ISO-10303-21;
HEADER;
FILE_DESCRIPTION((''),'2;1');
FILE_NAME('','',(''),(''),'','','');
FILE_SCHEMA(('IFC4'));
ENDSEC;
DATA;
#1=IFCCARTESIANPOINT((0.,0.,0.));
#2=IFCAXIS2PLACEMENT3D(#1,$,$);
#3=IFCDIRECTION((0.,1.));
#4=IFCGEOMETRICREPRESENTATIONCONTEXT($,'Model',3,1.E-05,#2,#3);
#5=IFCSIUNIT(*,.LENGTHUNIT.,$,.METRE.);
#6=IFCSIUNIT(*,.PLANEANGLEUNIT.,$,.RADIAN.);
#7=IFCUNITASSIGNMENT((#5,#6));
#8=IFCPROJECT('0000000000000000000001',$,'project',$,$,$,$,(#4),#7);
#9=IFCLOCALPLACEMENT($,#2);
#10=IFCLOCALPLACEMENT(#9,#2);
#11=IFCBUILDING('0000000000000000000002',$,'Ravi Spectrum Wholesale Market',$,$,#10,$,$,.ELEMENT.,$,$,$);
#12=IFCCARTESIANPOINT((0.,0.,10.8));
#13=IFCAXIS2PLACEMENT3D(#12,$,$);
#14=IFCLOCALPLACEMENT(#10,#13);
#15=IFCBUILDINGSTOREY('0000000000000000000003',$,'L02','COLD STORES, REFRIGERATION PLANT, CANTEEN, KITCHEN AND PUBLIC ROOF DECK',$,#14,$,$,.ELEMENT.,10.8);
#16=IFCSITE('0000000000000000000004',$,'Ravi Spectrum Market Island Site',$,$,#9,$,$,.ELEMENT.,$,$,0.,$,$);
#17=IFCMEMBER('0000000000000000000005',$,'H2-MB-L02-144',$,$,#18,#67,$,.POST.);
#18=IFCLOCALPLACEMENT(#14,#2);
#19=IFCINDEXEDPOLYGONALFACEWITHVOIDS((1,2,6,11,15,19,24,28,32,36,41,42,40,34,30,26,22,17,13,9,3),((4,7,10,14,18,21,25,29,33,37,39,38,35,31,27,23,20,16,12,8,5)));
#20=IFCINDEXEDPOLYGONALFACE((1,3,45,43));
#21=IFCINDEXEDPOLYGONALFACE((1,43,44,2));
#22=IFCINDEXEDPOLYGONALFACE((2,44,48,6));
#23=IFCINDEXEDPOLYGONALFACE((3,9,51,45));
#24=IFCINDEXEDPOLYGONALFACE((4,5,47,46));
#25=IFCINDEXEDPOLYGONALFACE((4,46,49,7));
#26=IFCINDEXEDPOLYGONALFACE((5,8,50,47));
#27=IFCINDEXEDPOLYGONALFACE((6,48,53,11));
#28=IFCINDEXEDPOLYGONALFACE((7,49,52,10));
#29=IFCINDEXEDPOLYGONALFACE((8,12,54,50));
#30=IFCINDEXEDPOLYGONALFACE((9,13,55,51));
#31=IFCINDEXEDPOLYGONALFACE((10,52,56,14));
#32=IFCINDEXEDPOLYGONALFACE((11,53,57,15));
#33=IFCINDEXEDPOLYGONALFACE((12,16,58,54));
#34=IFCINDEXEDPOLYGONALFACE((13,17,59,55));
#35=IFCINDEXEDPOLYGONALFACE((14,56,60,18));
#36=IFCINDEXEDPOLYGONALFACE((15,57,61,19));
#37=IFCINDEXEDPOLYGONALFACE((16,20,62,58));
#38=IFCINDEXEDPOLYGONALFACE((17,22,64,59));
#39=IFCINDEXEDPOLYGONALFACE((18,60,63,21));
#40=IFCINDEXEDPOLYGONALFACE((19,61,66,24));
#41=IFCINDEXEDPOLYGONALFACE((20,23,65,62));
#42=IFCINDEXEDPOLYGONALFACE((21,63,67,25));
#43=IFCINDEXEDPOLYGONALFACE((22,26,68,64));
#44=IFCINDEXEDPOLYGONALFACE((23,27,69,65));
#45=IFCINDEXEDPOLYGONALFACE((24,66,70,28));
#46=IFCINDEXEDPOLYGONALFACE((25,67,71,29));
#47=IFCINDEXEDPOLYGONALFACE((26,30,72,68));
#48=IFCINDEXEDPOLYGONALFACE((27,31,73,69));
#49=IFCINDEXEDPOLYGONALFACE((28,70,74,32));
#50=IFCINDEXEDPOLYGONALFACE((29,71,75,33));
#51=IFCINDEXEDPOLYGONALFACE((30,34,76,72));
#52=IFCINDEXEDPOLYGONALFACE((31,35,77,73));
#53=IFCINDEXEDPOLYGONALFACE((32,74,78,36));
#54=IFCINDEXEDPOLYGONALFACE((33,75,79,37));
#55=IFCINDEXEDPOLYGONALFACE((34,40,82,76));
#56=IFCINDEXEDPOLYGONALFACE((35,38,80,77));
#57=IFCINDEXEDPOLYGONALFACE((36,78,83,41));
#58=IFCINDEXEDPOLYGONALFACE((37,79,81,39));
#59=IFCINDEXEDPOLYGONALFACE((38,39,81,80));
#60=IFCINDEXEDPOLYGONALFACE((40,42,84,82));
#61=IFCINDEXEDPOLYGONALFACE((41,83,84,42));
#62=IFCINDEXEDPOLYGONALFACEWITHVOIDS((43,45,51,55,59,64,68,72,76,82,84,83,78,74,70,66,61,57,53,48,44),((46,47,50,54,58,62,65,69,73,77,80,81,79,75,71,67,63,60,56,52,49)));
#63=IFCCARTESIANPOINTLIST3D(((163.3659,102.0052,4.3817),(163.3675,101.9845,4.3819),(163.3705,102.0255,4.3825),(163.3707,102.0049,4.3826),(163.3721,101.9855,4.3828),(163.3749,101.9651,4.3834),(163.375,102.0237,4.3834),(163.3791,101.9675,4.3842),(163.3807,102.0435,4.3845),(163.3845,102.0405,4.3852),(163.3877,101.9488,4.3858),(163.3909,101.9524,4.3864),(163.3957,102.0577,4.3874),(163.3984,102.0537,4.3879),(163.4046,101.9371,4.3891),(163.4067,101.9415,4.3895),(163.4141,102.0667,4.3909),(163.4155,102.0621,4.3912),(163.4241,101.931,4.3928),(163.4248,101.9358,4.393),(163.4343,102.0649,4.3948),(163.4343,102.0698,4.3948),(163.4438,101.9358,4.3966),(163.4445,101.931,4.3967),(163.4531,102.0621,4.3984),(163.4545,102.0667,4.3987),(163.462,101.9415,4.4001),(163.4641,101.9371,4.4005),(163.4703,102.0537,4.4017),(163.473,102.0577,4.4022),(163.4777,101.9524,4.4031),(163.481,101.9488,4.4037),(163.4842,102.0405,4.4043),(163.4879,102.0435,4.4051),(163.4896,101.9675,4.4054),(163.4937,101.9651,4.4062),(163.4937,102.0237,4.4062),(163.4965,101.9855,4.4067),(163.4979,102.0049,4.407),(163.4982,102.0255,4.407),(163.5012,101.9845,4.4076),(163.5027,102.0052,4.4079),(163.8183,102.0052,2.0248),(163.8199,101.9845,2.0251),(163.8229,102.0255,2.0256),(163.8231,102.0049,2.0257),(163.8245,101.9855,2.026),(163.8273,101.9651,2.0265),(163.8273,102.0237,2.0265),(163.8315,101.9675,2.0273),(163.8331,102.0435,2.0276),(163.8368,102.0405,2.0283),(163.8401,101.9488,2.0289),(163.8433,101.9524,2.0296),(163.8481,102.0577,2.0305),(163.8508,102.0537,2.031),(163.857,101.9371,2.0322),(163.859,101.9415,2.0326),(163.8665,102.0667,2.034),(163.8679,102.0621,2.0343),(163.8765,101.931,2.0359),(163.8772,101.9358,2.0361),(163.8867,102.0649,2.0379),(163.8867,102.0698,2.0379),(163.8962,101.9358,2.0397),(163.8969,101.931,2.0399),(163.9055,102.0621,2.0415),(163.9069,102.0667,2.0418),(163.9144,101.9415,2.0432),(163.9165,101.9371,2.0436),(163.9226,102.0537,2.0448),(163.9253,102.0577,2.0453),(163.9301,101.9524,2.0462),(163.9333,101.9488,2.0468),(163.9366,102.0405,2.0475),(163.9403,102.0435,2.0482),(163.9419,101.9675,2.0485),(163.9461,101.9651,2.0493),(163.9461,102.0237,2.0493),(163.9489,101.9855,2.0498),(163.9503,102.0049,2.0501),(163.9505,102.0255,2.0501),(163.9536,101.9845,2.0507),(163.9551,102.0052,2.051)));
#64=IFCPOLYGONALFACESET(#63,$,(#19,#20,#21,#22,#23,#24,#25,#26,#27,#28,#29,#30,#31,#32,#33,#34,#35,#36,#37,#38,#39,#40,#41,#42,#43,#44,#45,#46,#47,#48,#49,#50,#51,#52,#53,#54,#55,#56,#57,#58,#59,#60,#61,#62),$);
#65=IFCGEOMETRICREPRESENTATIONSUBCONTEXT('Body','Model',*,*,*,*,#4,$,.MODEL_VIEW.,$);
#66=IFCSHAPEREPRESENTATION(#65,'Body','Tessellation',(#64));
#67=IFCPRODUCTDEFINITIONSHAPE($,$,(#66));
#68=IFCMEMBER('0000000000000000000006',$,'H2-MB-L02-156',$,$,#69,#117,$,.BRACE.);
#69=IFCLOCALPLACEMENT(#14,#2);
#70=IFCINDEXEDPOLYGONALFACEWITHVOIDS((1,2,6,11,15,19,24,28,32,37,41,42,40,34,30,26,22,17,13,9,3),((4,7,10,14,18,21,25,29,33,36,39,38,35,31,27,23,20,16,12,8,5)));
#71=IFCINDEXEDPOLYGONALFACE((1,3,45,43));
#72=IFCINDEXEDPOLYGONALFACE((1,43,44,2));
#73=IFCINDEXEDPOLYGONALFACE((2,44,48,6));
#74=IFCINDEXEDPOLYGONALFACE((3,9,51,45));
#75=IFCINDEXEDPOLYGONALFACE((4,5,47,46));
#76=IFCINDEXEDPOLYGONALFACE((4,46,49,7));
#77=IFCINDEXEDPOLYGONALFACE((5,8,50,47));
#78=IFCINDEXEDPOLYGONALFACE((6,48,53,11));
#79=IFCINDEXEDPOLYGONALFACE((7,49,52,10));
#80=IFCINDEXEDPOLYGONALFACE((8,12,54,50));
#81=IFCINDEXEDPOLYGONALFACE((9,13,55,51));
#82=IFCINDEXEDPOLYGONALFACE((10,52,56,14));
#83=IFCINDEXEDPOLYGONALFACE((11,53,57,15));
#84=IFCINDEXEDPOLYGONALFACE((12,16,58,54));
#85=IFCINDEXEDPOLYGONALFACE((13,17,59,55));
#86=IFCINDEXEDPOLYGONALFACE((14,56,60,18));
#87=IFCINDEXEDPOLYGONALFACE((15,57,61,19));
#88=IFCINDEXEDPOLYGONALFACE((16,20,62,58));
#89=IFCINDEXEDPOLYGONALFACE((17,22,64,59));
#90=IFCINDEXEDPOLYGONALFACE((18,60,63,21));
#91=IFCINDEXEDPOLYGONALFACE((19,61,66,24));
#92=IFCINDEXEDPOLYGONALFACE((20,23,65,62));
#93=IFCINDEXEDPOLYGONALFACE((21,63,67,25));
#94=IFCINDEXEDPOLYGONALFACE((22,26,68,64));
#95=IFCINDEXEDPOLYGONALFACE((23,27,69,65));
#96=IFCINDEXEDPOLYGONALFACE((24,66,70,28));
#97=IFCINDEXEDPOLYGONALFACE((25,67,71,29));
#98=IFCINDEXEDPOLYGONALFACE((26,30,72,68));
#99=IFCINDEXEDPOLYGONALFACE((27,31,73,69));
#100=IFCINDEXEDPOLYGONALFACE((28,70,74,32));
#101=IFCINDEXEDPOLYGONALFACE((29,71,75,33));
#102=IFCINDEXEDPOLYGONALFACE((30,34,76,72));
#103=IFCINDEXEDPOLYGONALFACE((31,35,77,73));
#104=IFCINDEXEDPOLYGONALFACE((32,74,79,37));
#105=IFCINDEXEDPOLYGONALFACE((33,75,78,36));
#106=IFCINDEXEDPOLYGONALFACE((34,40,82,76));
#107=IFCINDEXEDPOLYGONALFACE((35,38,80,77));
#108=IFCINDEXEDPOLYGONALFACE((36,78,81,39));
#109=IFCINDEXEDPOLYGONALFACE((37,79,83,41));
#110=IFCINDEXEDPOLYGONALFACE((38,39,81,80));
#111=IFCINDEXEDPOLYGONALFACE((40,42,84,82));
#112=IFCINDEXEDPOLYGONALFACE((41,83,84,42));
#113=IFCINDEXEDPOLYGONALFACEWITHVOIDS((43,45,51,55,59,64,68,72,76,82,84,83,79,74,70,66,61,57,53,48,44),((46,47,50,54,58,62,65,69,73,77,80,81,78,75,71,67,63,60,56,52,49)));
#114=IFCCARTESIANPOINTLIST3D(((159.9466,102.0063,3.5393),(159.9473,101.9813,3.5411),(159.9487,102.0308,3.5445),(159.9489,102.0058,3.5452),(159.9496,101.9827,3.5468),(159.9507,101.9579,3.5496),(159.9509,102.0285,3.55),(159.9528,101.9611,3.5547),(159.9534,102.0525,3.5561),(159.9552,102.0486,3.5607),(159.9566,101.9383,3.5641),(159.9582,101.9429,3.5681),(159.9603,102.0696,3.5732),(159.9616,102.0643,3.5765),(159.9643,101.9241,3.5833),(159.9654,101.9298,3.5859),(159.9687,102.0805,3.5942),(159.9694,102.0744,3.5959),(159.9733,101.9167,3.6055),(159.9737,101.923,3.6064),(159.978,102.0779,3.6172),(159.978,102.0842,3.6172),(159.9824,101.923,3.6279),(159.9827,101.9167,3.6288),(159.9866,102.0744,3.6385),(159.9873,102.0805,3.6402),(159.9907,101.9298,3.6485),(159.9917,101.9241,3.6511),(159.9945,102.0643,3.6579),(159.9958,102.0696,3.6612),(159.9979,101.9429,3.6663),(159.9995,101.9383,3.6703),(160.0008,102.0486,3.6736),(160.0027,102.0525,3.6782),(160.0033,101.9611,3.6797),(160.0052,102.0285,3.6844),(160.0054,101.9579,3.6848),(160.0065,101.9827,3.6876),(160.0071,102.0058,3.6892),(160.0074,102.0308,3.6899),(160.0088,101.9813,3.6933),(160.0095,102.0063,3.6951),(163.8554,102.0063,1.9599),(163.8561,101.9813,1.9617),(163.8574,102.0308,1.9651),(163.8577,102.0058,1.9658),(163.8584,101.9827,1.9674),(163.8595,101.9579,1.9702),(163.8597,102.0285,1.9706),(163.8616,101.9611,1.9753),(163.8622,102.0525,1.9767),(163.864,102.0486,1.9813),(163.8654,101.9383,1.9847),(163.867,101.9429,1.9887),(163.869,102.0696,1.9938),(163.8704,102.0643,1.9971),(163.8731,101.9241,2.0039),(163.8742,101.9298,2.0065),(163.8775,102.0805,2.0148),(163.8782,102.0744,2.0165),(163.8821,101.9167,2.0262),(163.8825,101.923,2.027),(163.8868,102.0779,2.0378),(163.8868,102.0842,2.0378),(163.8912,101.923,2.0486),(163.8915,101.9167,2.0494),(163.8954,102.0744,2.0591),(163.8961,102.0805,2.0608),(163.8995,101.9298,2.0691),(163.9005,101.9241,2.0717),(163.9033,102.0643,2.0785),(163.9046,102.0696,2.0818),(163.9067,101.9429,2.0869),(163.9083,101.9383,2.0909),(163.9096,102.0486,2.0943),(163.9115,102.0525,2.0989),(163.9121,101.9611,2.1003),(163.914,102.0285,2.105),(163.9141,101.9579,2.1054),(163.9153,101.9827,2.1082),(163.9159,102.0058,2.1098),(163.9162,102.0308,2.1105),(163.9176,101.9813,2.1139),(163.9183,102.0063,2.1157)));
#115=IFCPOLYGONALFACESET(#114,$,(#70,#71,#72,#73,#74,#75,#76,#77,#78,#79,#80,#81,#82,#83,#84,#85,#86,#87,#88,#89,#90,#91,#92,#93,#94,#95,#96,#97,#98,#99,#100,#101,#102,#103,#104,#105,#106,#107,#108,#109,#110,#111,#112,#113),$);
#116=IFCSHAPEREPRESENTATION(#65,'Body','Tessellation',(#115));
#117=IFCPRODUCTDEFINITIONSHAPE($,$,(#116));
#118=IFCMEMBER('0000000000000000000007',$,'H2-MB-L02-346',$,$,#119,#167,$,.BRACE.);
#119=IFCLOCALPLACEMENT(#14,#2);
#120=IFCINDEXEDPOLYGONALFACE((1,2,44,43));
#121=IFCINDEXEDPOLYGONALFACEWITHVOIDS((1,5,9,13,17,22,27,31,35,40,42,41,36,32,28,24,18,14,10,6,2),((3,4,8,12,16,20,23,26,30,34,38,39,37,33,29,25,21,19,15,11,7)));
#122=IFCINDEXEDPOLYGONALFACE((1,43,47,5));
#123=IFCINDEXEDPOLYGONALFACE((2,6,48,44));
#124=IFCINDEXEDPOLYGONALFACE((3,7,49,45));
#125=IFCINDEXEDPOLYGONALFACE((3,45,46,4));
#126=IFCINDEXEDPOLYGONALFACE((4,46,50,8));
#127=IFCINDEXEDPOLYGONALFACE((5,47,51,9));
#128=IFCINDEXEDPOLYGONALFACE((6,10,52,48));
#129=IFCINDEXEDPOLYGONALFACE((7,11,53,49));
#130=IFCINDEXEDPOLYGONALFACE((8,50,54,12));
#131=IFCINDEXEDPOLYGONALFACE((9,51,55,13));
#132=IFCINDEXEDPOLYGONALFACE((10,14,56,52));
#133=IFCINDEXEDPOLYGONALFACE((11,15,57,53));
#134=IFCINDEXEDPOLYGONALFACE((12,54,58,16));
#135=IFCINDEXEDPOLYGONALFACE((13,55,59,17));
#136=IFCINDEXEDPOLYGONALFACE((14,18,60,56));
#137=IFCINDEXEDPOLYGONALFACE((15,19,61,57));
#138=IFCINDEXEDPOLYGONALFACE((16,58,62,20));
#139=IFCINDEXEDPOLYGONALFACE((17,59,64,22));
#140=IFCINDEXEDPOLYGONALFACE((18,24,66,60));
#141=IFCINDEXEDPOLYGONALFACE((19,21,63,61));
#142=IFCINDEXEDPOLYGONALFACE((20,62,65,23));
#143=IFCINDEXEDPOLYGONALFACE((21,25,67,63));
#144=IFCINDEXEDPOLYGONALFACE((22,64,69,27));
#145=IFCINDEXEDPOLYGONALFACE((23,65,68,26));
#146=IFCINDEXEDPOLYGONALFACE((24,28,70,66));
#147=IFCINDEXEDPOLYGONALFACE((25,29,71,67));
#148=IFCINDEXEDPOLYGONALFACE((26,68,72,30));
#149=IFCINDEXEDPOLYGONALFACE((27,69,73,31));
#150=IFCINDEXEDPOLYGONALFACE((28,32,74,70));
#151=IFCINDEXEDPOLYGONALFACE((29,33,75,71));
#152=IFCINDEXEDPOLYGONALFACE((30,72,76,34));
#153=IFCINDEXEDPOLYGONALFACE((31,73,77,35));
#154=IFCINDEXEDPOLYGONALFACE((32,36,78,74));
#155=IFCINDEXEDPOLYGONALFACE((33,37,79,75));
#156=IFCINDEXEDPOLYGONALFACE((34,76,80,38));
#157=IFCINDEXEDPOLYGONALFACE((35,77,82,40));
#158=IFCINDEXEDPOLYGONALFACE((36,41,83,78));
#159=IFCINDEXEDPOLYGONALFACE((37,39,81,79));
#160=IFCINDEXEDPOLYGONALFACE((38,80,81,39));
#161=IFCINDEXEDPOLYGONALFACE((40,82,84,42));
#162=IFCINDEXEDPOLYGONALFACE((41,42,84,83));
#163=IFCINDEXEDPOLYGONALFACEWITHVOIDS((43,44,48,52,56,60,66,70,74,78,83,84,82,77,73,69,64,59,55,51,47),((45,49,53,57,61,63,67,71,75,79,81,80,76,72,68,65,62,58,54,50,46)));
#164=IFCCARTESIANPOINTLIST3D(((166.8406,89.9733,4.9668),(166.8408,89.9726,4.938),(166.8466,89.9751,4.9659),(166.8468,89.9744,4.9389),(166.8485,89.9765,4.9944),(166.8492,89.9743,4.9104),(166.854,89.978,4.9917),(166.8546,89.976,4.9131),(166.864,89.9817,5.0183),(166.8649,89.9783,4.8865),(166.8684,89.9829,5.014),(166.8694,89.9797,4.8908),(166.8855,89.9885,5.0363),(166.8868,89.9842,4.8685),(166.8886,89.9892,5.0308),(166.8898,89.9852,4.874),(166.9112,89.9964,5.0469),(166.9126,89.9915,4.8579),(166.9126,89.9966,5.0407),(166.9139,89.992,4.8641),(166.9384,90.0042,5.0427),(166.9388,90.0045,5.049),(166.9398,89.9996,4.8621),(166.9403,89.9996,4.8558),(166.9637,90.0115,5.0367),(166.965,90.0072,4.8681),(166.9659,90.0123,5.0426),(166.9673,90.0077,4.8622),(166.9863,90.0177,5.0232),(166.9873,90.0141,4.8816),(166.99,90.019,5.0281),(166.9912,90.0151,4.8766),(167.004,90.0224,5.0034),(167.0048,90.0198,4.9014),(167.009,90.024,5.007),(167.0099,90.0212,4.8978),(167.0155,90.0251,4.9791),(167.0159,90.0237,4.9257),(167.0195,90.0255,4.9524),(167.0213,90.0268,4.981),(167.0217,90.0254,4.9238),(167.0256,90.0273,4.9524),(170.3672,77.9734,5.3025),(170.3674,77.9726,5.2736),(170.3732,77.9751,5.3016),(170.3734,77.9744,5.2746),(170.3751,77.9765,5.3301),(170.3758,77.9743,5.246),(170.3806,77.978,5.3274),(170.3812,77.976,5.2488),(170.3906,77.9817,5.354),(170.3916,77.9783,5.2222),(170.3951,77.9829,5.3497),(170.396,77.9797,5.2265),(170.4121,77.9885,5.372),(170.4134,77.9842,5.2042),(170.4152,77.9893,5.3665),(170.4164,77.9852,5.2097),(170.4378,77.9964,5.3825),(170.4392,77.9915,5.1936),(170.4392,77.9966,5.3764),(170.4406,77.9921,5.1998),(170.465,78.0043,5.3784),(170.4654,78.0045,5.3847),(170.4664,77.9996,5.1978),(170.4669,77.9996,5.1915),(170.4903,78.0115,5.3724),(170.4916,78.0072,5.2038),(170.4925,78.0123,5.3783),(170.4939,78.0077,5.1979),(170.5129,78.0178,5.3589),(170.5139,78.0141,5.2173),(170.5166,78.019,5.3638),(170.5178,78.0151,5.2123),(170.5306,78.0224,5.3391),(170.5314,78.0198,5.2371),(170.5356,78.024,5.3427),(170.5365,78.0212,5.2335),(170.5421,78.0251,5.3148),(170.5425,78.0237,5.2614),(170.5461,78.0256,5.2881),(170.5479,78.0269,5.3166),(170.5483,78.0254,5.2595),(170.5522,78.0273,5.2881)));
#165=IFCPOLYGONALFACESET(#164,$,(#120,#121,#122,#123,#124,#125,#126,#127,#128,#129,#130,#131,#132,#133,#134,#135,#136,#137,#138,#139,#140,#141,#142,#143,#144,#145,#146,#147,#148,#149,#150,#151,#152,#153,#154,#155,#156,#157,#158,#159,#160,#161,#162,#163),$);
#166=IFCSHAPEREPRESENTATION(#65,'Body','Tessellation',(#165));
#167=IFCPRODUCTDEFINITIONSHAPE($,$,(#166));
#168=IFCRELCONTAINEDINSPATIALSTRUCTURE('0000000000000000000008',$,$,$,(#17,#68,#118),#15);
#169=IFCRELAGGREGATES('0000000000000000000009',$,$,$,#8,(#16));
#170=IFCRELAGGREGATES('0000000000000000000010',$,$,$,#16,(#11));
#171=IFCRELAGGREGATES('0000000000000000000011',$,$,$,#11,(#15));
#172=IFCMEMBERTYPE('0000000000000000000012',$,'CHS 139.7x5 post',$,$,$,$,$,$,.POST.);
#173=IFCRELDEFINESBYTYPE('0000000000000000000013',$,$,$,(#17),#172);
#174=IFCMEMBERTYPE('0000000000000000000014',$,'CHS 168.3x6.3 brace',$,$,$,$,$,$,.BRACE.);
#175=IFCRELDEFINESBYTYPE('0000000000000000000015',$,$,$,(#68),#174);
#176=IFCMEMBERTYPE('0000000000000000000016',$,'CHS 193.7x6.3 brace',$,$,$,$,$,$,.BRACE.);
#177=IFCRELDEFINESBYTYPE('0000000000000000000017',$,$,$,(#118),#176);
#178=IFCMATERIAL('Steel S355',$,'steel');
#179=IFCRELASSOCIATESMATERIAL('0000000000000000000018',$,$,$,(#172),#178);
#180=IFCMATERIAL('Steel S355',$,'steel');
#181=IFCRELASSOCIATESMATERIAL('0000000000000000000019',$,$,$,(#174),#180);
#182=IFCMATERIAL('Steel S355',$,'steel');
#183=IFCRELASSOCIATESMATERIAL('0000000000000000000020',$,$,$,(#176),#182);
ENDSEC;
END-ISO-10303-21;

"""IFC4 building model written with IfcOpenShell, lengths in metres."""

from ifc_helpers import new_model, si_unit, direction, frame, origin, origin_2d, place, context, subcontext, project, spatial, hollow_circle, extrude, material, material_profile, profile_set, type_object, element, save


model = new_model("IFC4")

# Units and contexts
model_context = context("Model", 3, precision=1e-05, world=origin(), true_north=direction((0.0, 1.0)))
body_context = subcontext(model_context, "Body", "Model", "MODEL_VIEW")
ifc_project = project(units=[si_unit("LENGTHUNIT", "METRE"), si_unit("PLANEANGLEUNIT", "RADIAN")], contexts=[model_context])

# Site, building, storey
site_placement = place(None, origin())
site = spatial("IfcSite", under=ifc_project, at=site_placement, Name="Ravi Spectrum Market Island Site", CompositionType="ELEMENT", RefElevation=0.0)
building_placement = place(site_placement, origin())
building = spatial("IfcBuilding", under=site, at=building_placement, Name="Ravi Spectrum Wholesale Market", CompositionType="ELEMENT")
storey_placement = place(building_placement, frame((0.0, 0.0, 10.8)))
storey = spatial("IfcBuildingStorey", under=building, at=storey_placement, Name="L02", Description="COLD STORES, REFRIGERATION PLANT, CANTEEN, KITCHEN AND PUBLIC ROOF DECK", CompositionType="ELEMENT", Elevation=10.8)

# Members
ifc_material_1 = material(Name="Steel S355", Category="steel")
ifc_material_profile_1 = material_profile(ifc_material_1, hollow_circle(Radius=0.0698, WallThickness=0.0049, at=origin_2d()))
ifc_profile_set_1 = profile_set([ifc_material_profile_1], Name="Steel S355")
member_type_1 = type_object("IfcMemberType", Name="CHS 139.7x5 post", PredefinedType="POST", material=ifc_profile_set_1)
member_1_placement = place(storey_placement, frame((163.4343, 102.0, 4.3948), z_axis=(0.1885, 0.0, -0.982073), x_axis=(0.0, 1.0, 0.0)))
element("IfcMember", 1, at=member_1_placement, inside=storey, type_object=member_type_1, Name="H2-MB-L02-144", PredefinedType="POST", context=body_context, shape_type="SweptSolid", body=[
    extrude(hollow_circle(Radius=0.0698, WallThickness=0.0049, at=origin_2d()), origin(), (0.0, 0.0, 1.0), 2.3999),
])
ifc_material_2 = material(Name="Steel S355", Category="steel")
ifc_material_profile_2 = material_profile(ifc_material_2, hollow_circle(Radius=0.0842, WallThickness=0.0063, at=origin_2d()))
ifc_profile_set_2 = profile_set([ifc_material_profile_2], Name="Steel S355")
member_type_2 = type_object("IfcMemberType", Name="CHS 168.3x6.3 brace", PredefinedType="BRACE", material=ifc_profile_set_2)
member_2_placement = place(storey_placement, frame((159.978, 102.0, 3.6172), z_axis=(0.927173, 0.0, -0.374633), x_axis=(0.0, 1.0, 0.0)))
element("IfcMember", 2, at=member_2_placement, inside=storey, type_object=member_type_2, Name="H2-MB-L02-156", PredefinedType="BRACE", context=body_context, shape_type="SweptSolid", body=[
    extrude(hollow_circle(Radius=0.0842, WallThickness=0.0063, at=origin_2d()), origin(), (0.0, 0.0, 1.0), 4.2158),
])
ifc_material_3 = material(Name="Steel S355", Category="steel")
ifc_material_profile_3 = material_profile(ifc_material_3, hollow_circle(Radius=0.0969, WallThickness=0.0063, at=origin_2d()))
ifc_profile_set_3 = profile_set([ifc_material_profile_3], Name="Steel S355")
member_type_3 = type_object("IfcMemberType", Name="CHS 193.7x6.3 brace", PredefinedType="BRACE", material=ifc_profile_set_3)
for number, where, z_axis, x_axis, name in (
    (3, (166.9326, 90.0, 4.9524), (0.281859, -0.959081, 0.02683), (0.959426, 0.28196, 0.0), "H2-MB-L02-346"),
):
    element("IfcMember", number, at=place(storey_placement, frame(where, z_axis=z_axis, x_axis=x_axis)), inside=storey, type_object=member_type_3, Name=name, PredefinedType="BRACE", context=body_context, shape_type="SweptSolid", body=[
        extrude(hollow_circle(Radius=0.0969, WallThickness=0.0063, at=origin_2d()), origin(), (0.0, 0.0, 1.0), 12.512),
    ])

save(model, "model.ifc")
